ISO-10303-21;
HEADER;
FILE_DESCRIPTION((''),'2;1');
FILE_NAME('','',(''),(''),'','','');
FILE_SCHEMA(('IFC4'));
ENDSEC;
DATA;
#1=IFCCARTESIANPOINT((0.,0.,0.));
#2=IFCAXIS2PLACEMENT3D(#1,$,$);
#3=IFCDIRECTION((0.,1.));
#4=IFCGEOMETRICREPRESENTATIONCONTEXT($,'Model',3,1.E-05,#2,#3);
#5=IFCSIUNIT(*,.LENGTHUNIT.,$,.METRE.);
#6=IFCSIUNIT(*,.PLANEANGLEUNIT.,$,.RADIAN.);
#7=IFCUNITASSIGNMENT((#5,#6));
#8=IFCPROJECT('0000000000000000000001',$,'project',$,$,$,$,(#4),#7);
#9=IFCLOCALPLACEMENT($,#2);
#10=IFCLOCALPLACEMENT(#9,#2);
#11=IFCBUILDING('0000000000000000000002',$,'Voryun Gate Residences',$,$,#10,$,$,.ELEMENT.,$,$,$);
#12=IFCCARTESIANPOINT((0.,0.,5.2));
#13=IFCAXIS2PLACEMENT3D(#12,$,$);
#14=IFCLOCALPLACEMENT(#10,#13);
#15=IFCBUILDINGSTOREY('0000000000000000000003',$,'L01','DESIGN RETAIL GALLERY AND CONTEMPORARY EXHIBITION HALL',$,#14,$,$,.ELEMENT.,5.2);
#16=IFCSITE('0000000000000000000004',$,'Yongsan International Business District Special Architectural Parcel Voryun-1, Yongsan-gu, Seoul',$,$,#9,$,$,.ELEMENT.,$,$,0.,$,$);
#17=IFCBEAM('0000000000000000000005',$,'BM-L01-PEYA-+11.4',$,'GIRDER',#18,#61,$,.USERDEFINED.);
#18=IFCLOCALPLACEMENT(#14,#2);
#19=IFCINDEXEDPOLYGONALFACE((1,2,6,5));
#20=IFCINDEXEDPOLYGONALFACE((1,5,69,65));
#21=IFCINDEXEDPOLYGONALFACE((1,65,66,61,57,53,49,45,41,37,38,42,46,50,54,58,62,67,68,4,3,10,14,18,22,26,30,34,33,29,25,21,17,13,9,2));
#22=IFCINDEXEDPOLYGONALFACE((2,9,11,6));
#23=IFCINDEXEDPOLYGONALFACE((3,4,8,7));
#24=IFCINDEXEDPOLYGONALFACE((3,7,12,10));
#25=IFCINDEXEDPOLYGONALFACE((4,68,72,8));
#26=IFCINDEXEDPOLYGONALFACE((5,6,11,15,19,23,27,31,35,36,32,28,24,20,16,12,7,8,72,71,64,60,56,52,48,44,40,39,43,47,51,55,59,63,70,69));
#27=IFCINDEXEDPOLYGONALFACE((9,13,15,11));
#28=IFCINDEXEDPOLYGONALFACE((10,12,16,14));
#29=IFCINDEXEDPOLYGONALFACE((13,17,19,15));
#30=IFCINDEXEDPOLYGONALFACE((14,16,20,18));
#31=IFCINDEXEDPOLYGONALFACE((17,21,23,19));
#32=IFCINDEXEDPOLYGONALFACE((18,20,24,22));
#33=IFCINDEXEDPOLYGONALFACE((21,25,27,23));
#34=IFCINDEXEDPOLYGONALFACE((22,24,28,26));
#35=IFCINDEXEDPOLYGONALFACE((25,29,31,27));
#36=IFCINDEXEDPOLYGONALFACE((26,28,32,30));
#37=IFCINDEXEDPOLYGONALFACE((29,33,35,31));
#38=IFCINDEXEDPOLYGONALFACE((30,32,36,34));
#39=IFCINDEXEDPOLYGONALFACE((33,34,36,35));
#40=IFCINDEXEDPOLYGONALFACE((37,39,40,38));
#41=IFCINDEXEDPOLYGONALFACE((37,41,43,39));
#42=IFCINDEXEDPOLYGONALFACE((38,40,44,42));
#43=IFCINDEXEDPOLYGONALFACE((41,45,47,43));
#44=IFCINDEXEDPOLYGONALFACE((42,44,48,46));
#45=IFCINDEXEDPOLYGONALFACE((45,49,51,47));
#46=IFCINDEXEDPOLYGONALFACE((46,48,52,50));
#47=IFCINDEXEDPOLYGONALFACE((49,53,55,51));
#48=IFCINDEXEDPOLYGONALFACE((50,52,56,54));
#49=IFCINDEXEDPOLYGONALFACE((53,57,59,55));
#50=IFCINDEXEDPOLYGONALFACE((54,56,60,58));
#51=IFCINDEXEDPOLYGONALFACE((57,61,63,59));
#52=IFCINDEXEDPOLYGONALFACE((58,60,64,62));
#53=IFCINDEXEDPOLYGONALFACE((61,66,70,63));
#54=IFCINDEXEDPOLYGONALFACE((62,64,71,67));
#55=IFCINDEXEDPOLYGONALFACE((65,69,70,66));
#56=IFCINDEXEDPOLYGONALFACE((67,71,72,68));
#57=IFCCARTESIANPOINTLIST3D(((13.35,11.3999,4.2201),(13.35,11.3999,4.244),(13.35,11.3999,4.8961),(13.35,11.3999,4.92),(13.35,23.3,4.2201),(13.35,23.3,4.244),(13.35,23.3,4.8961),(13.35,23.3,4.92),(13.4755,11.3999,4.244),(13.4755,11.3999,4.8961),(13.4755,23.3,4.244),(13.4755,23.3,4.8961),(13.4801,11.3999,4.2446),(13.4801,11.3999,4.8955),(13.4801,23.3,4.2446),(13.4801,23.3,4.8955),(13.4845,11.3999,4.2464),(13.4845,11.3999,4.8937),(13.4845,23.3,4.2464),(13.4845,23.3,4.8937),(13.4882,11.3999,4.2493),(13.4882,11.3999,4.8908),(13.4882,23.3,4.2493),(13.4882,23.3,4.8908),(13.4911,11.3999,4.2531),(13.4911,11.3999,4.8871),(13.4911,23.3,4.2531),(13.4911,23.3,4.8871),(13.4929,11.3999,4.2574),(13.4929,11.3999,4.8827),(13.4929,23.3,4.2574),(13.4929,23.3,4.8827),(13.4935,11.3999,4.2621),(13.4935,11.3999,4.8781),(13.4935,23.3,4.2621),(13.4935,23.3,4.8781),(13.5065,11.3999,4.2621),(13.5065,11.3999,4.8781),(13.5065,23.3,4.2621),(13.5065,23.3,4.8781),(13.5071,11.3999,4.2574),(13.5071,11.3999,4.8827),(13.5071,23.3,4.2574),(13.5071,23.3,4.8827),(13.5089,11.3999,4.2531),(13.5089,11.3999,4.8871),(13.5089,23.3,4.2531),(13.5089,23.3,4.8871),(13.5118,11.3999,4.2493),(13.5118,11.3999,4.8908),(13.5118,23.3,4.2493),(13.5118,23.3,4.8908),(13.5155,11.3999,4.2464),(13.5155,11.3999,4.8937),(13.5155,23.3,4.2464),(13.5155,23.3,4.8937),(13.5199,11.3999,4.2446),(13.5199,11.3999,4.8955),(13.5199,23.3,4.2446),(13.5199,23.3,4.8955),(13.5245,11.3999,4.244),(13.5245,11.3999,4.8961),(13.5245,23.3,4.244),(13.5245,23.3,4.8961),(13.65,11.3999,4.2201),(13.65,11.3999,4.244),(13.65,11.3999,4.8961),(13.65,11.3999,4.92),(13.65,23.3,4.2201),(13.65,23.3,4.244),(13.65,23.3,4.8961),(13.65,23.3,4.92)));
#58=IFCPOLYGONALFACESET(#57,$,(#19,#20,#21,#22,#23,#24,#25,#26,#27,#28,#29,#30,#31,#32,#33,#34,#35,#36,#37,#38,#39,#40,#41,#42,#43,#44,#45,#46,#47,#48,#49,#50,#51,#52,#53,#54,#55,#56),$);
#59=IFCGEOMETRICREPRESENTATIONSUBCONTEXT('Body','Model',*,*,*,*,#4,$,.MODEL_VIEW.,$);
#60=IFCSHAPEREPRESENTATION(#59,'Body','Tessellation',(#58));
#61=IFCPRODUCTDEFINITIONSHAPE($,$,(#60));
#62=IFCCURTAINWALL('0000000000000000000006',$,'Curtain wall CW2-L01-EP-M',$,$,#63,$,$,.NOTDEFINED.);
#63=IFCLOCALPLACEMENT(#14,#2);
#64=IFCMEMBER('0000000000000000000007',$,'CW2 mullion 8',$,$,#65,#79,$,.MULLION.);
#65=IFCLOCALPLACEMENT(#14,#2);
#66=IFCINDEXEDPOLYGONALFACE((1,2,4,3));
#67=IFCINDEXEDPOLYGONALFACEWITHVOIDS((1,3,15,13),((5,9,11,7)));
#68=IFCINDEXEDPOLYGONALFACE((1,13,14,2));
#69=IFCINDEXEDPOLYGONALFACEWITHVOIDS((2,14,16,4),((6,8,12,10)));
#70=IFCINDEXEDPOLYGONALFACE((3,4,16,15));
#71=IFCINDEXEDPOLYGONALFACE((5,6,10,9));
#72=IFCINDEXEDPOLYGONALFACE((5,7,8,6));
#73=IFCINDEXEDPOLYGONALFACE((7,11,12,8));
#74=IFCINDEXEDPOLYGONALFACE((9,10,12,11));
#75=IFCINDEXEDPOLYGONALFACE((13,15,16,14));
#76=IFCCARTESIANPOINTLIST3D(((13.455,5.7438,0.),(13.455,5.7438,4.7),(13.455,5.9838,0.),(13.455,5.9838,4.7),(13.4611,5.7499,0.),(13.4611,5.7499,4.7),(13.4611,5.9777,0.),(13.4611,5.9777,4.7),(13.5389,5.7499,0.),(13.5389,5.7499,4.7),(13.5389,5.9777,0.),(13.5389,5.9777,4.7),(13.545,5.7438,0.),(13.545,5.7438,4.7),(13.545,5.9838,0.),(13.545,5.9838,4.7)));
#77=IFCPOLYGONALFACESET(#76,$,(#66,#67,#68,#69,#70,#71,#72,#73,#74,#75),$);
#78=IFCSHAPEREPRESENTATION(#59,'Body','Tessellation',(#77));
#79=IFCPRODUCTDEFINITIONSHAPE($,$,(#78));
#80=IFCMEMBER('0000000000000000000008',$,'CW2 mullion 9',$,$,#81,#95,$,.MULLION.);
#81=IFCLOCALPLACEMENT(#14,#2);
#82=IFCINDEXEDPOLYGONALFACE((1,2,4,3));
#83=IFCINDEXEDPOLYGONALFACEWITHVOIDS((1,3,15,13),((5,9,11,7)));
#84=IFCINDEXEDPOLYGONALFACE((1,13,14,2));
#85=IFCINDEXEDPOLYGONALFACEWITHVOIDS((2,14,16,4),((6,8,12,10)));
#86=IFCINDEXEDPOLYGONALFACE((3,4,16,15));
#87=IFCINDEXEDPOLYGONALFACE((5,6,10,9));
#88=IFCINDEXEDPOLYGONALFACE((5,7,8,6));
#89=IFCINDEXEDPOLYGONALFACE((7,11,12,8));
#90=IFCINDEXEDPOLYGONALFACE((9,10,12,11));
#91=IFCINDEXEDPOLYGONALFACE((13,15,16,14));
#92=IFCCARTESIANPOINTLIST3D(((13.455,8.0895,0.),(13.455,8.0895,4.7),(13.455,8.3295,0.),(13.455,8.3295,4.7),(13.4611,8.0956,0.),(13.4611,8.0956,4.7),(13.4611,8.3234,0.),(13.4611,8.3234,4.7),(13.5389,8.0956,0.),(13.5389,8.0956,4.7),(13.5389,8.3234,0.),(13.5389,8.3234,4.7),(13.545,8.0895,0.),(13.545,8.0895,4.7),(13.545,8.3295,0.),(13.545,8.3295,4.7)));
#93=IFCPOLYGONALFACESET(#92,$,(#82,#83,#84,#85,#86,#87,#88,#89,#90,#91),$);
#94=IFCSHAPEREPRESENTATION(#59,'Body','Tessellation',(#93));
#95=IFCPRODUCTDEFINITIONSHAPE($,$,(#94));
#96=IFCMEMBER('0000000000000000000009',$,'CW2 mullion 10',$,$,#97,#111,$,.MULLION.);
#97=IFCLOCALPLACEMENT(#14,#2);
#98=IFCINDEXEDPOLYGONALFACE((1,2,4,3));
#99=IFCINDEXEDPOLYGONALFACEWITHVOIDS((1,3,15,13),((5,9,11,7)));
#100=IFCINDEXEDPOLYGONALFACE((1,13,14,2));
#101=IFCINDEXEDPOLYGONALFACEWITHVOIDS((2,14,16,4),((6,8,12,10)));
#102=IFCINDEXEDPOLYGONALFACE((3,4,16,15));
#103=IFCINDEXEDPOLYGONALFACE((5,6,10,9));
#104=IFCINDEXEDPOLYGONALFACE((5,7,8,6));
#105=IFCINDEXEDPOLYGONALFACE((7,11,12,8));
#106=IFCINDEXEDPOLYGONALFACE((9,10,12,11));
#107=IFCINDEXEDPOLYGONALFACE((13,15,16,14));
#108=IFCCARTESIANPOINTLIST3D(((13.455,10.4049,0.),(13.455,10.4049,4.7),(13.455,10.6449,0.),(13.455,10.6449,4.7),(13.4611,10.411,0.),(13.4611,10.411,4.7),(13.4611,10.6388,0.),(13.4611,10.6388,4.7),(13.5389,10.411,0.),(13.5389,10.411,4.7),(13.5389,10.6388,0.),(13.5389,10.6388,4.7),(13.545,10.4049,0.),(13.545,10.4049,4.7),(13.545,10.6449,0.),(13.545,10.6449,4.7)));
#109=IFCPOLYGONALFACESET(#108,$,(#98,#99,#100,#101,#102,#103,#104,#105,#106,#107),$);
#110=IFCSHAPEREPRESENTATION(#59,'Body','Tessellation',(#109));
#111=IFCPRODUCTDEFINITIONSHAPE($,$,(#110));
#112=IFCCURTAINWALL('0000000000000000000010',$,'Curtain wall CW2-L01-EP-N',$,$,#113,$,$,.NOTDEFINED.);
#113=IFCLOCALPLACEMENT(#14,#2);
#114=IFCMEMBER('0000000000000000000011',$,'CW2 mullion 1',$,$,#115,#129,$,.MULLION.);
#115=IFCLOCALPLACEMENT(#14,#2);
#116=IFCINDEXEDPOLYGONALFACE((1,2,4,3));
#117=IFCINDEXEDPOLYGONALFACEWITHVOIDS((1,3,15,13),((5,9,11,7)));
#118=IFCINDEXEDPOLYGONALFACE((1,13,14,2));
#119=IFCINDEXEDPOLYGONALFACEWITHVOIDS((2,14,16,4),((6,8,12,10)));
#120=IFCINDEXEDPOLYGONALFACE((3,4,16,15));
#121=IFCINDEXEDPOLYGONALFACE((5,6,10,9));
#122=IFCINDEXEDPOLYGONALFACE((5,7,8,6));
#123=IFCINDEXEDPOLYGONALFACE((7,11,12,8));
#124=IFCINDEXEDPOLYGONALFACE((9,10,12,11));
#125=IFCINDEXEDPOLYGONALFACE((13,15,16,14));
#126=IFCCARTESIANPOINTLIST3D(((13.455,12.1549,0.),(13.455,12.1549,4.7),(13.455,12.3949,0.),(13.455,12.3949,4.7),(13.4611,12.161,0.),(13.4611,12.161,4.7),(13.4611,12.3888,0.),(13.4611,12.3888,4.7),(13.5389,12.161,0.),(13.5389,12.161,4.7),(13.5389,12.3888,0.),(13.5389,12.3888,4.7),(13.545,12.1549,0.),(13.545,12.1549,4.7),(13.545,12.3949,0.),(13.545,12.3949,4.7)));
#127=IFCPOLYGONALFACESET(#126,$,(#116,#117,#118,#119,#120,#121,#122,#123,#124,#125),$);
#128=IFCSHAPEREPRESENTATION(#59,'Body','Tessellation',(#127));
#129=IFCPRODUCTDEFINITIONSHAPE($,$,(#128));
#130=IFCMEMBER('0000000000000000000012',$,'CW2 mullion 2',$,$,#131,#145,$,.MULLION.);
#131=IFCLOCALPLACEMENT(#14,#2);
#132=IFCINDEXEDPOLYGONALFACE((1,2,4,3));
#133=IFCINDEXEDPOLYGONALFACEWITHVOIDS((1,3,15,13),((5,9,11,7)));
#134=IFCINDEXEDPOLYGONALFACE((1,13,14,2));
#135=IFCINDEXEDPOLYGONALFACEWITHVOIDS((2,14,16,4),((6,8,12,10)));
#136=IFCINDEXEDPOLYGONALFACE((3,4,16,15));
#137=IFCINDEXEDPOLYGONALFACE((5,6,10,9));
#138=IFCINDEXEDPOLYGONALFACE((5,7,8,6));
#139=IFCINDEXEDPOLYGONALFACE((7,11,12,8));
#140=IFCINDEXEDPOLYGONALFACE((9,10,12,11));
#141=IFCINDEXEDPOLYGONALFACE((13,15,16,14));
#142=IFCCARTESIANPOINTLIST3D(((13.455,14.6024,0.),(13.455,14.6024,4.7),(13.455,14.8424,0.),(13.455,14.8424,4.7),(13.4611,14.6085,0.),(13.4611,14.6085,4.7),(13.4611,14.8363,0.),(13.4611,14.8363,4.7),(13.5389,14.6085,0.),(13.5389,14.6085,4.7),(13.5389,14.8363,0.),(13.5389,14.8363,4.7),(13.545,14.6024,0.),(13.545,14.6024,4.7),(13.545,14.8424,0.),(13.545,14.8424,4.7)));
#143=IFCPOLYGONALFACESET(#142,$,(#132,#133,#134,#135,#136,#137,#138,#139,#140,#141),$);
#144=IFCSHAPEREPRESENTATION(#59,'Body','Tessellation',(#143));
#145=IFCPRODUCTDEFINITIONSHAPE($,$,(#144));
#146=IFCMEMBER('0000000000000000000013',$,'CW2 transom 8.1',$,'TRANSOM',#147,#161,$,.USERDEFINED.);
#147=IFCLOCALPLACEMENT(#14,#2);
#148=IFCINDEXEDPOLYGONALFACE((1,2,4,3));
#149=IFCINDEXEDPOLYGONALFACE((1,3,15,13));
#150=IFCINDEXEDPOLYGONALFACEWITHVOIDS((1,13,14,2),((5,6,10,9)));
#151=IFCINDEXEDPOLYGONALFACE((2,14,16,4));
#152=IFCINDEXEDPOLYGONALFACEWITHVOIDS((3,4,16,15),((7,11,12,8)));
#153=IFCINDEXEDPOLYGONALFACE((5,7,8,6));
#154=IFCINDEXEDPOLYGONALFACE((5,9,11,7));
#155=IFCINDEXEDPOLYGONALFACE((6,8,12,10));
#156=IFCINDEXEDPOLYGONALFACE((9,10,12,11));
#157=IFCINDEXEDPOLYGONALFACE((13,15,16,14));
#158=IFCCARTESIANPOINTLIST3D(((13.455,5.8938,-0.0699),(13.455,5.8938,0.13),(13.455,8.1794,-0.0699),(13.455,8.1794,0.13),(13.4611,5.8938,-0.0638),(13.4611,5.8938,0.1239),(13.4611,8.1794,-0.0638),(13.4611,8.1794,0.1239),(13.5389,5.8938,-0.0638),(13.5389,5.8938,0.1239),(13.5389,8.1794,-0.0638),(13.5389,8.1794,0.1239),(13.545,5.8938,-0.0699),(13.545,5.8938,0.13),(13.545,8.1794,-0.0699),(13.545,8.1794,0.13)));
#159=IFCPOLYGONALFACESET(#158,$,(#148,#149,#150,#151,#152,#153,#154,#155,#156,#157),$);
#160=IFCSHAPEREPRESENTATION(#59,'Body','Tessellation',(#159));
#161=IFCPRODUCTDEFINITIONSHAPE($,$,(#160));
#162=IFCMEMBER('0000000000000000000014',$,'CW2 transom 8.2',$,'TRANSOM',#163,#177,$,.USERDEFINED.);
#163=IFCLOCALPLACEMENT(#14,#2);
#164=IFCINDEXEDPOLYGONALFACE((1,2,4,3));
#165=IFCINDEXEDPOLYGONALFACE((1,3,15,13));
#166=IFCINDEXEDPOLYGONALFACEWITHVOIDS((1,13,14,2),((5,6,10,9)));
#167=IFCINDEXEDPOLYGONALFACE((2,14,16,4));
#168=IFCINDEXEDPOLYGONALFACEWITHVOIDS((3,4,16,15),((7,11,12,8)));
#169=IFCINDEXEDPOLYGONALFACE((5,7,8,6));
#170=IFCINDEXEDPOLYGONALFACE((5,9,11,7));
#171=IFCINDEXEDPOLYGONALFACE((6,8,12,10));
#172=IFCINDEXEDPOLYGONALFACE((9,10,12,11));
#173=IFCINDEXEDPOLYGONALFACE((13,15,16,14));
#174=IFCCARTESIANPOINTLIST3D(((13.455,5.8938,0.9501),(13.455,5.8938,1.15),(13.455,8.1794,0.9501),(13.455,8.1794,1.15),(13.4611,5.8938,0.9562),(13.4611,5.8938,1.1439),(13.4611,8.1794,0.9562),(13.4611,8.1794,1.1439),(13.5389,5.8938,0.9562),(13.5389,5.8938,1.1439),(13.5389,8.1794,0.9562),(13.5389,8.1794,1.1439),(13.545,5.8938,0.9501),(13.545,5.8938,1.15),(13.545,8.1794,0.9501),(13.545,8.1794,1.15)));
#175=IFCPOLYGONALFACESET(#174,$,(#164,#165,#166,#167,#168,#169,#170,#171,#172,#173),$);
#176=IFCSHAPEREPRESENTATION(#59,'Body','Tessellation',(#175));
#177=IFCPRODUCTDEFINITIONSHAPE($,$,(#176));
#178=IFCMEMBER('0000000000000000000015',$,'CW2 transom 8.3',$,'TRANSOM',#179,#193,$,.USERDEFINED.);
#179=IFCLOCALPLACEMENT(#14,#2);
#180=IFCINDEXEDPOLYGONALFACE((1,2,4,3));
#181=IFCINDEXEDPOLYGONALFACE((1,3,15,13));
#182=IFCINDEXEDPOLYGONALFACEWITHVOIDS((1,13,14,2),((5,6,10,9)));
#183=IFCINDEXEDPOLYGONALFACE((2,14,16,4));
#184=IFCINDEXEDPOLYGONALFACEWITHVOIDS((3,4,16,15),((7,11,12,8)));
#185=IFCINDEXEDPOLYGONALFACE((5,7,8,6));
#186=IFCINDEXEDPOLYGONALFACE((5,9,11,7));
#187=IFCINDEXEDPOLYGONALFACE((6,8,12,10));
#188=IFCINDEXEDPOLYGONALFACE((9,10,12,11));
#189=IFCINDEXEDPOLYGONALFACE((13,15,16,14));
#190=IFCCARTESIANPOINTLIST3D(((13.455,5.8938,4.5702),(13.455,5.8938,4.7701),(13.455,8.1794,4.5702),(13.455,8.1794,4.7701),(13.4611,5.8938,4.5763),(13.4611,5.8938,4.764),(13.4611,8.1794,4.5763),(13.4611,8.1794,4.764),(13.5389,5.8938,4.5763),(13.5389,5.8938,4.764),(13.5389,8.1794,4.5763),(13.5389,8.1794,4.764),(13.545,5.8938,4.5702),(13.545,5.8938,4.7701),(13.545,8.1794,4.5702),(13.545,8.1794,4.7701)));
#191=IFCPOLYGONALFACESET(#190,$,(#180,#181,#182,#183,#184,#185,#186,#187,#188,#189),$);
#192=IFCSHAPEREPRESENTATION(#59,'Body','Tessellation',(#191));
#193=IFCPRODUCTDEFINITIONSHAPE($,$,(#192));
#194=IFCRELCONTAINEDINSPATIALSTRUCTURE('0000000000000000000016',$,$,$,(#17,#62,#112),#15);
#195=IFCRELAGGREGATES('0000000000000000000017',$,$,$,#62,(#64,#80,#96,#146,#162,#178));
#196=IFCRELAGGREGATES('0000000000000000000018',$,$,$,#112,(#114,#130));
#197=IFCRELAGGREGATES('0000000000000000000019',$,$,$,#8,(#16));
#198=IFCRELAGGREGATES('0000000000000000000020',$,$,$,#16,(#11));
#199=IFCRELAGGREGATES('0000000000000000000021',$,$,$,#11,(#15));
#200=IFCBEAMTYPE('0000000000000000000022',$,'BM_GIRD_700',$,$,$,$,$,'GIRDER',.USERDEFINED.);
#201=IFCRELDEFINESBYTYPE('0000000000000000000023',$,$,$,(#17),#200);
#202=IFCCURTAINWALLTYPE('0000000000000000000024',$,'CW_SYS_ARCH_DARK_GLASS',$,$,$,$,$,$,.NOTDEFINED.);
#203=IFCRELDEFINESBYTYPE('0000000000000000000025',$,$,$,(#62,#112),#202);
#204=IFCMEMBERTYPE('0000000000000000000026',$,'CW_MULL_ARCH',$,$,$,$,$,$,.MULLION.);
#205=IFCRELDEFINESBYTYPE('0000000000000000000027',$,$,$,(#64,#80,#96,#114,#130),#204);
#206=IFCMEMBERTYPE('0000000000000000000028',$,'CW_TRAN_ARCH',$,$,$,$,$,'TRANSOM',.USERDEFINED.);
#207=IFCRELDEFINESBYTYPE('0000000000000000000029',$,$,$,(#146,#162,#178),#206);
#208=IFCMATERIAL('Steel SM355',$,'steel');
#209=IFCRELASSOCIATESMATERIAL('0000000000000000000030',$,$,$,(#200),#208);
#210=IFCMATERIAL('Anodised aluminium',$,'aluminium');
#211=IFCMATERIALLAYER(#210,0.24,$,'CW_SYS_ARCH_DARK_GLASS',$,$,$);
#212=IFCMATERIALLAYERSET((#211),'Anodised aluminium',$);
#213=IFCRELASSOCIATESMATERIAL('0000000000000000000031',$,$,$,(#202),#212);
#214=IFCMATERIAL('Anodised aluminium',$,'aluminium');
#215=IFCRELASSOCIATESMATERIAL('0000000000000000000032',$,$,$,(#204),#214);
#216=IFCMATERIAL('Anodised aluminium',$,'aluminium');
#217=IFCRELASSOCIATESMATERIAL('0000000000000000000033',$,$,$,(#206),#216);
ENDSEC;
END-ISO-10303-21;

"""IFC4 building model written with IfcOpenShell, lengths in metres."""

from ifc_helpers import new_model, si_unit, direction, frame, origin, origin_2d, place, context, subcontext, project, spatial, hollow_rectangle, i_section, extrude, material, layer, layer_set, material_profile, profile_set, type_object, element, aggregate, save


model = new_model("IFC4")

# Units and contexts
model_context = context("Model", 3, precision=1e-05, world=origin(), true_north=direction((0.0, 1.0)))
body_context = subcontext(model_context, "Body", "Model", "MODEL_VIEW")
ifc_project = project(units=[si_unit("LENGTHUNIT", "METRE"), si_unit("PLANEANGLEUNIT", "RADIAN")], contexts=[model_context])

# Site, building, storey
site_placement = place(None, origin())
site = spatial("IfcSite", under=ifc_project, at=site_placement, Name="Yongsan International Business District Special Architectural Parcel Voryun-1, Yongsan-gu, Seoul", CompositionType="ELEMENT", RefElevation=0.0)
building_placement = place(site_placement, origin())
building = spatial("IfcBuilding", under=site, at=building_placement, Name="Voryun Gate Residences", CompositionType="ELEMENT")
storey_placement = place(building_placement, frame((0.0, 0.0, 5.2)))
storey = spatial("IfcBuildingStorey", under=building, at=storey_placement, Name="L01", Description="DESIGN RETAIL GALLERY AND CONTEMPORARY EXHIBITION HALL", CompositionType="ELEMENT", Elevation=5.2)

# Beam
ifc_material_1 = material(Name="Steel SM355", Category="steel")
ifc_material_profile_1 = material_profile(ifc_material_1, i_section(OverallWidth=0.3, OverallDepth=0.7, WebThickness=0.0129, FlangeThickness=0.0239, FilletRadius=0.0181, at=origin_2d()), Name="H-700x300x13x24")
ifc_profile_set_1 = profile_set([ifc_material_profile_1], Name="Steel SM355")
beam_type = type_object("IfcBeamType", Name="BM_GIRD_700", ElementType="GIRDER", PredefinedType="USERDEFINED", material=ifc_profile_set_1)
beam_1_placement = place(storey_placement, frame((13.5, 11.3999, 4.5701), z_axis=(0.0, 1.0, 0.0), x_axis=(-1.0, 0.0, 0.0)))
element("IfcBeam", 1, at=beam_1_placement, inside=storey, type_object=beam_type, Name="BM-L01-PEYA-+11.4", ObjectType="GIRDER", PredefinedType="USERDEFINED", context=body_context, shape_type="SweptSolid", body=[
    extrude(i_section(OverallWidth=0.3, OverallDepth=0.7, WebThickness=0.0129, FlangeThickness=0.0239, FilletRadius=0.0181, at=origin_2d()), origin(), (0.0, 0.0, 1.0), 11.9001),
])

# Curtain walls, members
ifc_material_2 = material(Name="Anodised aluminium", Category="aluminium")
ifc_layer_1 = layer(ifc_material_2, 0.24, Name="CW_SYS_ARCH_DARK_GLASS")
ifc_layer_set_1 = layer_set([ifc_layer_1], Name="Anodised aluminium")
curtain_wall_type = type_object("IfcCurtainWallType", Name="CW_SYS_ARCH_DARK_GLASS", PredefinedType="NOTDEFINED", material=ifc_layer_set_1)
curtain_wall_1_placement = place(storey_placement, origin())
curtain_wall_1 = element("IfcCurtainWall", 2, at=curtain_wall_1_placement, inside=storey, type_object=curtain_wall_type, Name="Curtain wall CW2-L01-EP-M", PredefinedType="NOTDEFINED")
ifc_material_3 = material(Name="Anodised aluminium", Category="aluminium")
ifc_material_profile_2 = material_profile(ifc_material_3, hollow_rectangle(XDim=0.0901, YDim=0.24, WallThickness=0.0061, at=origin_2d()), Name="ALU-MULL-240x90x6")
ifc_profile_set_2 = profile_set([ifc_material_profile_2], Name="Anodised aluminium")
member_type_1 = type_object("IfcMemberType", Name="CW_MULL_ARCH", PredefinedType="MULLION", material=ifc_profile_set_2)
member_1_placement = place(storey_placement, frame((13.5, 5.8638, 0.0), z_axis=(0.0, 0.0, 1.0), x_axis=(-1.0, 0.0, 0.0)))
member_1 = element("IfcMember", 3, at=member_1_placement, type_object=member_type_1, Name="CW2 mullion 8", PredefinedType="MULLION", context=body_context, shape_type="SweptSolid", body=[
    extrude(hollow_rectangle(XDim=0.0901, YDim=0.24, WallThickness=0.0061, at=origin_2d()), origin(), (0.0, 0.0, 1.0), 4.7),
])
member_2_placement = place(storey_placement, frame((13.5, 8.2095, 0.0), z_axis=(0.0, 0.0, 1.0), x_axis=(-1.0, 0.0, 0.0)))
member_2 = element("IfcMember", 4, at=member_2_placement, type_object=member_type_1, Name="CW2 mullion 9", PredefinedType="MULLION", context=body_context, shape_type="SweptSolid", body=[
    extrude(hollow_rectangle(XDim=0.0901, YDim=0.24, WallThickness=0.0061, at=origin_2d()), origin(), (0.0, 0.0, 1.0), 4.7),
])
member_3_placement = place(storey_placement, frame((13.5, 10.5249, 0.0), z_axis=(0.0, 0.0, 1.0), x_axis=(-1.0, 0.0, 0.0)))
member_3 = element("IfcMember", 5, at=member_3_placement, type_object=member_type_1, Name="CW2 mullion 10", PredefinedType="MULLION", context=body_context, shape_type="SweptSolid", body=[
    extrude(hollow_rectangle(XDim=0.0901, YDim=0.24, WallThickness=0.0061, at=origin_2d()), origin(), (0.0, 0.0, 1.0), 4.7),
])
curtain_wall_2_placement = place(storey_placement, origin())
curtain_wall_2 = element("IfcCurtainWall", 6, at=curtain_wall_2_placement, inside=storey, type_object=curtain_wall_type, Name="Curtain wall CW2-L01-EP-N", PredefinedType="NOTDEFINED")
member_4_placement = place(storey_placement, frame((13.5, 12.2749, 0.0), z_axis=(0.0, 0.0, 1.0), x_axis=(-1.0, 0.0, 0.0)))
member_4 = element("IfcMember", 7, at=member_4_placement, type_object=member_type_1, Name="CW2 mullion 1", PredefinedType="MULLION", context=body_context, shape_type="SweptSolid", body=[
    extrude(hollow_rectangle(XDim=0.0901, YDim=0.24, WallThickness=0.0061, at=origin_2d()), origin(), (0.0, 0.0, 1.0), 4.7),
])
member_5_placement = place(storey_placement, frame((13.5, 14.7224, 0.0), z_axis=(0.0, 0.0, 1.0), x_axis=(-1.0, 0.0, 0.0)))
member_5 = element("IfcMember", 8, at=member_5_placement, type_object=member_type_1, Name="CW2 mullion 2", PredefinedType="MULLION", context=body_context, shape_type="SweptSolid", body=[
    extrude(hollow_rectangle(XDim=0.0901, YDim=0.24, WallThickness=0.0061, at=origin_2d()), origin(), (0.0, 0.0, 1.0), 4.7),
])

# Members
ifc_material_4 = material(Name="Anodised aluminium", Category="aluminium")
ifc_material_profile_3 = material_profile(ifc_material_4, hollow_rectangle(XDim=0.0901, YDim=0.2, WallThickness=0.0061, at=origin_2d()), Name="ALU-TRAN-200x90x6")
ifc_profile_set_3 = profile_set([ifc_material_profile_3], Name="Anodised aluminium")
member_type_2 = type_object("IfcMemberType", Name="CW_TRAN_ARCH", ElementType="TRANSOM", PredefinedType="USERDEFINED", material=ifc_profile_set_3)
member_6_placement = place(storey_placement, frame((13.5, 5.8938, 0.03), z_axis=(0.0, 1.0, 0.0), x_axis=(-1.0, 0.0, 0.0)))
member_6 = element("IfcMember", 9, at=member_6_placement, type_object=member_type_2, Name="CW2 transom 8.1", ObjectType="TRANSOM", PredefinedType="USERDEFINED", context=body_context, shape_type="SweptSolid", body=[
    extrude(hollow_rectangle(XDim=0.0901, YDim=0.2, WallThickness=0.0061, at=origin_2d()), origin(), (0.0, 0.0, 1.0), 2.2856),
])
member_7_placement = place(storey_placement, frame((13.5, 5.8938, 1.05), z_axis=(0.0, 1.0, 0.0), x_axis=(-1.0, 0.0, 0.0)))
member_7 = element("IfcMember", 10, at=member_7_placement, type_object=member_type_2, Name="CW2 transom 8.2", ObjectType="TRANSOM", PredefinedType="USERDEFINED", context=body_context, shape_type="SweptSolid", body=[
    extrude(hollow_rectangle(XDim=0.0901, YDim=0.2, WallThickness=0.0061, at=origin_2d()), origin(), (0.0, 0.0, 1.0), 2.2856),
])
member_8_placement = place(storey_placement, frame((13.5, 5.8938, 4.6702), z_axis=(0.0, 1.0, 0.0), x_axis=(-1.0, 0.0, 0.0)))
member_8 = element("IfcMember", 11, at=member_8_placement, type_object=member_type_2, Name="CW2 transom 8.3", ObjectType="TRANSOM", PredefinedType="USERDEFINED", context=body_context, shape_type="SweptSolid", body=[
    extrude(hollow_rectangle(XDim=0.0901, YDim=0.2, WallThickness=0.0061, at=origin_2d()), origin(), (0.0, 0.0, 1.0), 2.2856),
])

aggregate(curtain_wall_1, [member_1, member_2, member_3, member_6, member_7, member_8])
aggregate(curtain_wall_2, [member_4, member_5])

save(model, "model.ifc")
